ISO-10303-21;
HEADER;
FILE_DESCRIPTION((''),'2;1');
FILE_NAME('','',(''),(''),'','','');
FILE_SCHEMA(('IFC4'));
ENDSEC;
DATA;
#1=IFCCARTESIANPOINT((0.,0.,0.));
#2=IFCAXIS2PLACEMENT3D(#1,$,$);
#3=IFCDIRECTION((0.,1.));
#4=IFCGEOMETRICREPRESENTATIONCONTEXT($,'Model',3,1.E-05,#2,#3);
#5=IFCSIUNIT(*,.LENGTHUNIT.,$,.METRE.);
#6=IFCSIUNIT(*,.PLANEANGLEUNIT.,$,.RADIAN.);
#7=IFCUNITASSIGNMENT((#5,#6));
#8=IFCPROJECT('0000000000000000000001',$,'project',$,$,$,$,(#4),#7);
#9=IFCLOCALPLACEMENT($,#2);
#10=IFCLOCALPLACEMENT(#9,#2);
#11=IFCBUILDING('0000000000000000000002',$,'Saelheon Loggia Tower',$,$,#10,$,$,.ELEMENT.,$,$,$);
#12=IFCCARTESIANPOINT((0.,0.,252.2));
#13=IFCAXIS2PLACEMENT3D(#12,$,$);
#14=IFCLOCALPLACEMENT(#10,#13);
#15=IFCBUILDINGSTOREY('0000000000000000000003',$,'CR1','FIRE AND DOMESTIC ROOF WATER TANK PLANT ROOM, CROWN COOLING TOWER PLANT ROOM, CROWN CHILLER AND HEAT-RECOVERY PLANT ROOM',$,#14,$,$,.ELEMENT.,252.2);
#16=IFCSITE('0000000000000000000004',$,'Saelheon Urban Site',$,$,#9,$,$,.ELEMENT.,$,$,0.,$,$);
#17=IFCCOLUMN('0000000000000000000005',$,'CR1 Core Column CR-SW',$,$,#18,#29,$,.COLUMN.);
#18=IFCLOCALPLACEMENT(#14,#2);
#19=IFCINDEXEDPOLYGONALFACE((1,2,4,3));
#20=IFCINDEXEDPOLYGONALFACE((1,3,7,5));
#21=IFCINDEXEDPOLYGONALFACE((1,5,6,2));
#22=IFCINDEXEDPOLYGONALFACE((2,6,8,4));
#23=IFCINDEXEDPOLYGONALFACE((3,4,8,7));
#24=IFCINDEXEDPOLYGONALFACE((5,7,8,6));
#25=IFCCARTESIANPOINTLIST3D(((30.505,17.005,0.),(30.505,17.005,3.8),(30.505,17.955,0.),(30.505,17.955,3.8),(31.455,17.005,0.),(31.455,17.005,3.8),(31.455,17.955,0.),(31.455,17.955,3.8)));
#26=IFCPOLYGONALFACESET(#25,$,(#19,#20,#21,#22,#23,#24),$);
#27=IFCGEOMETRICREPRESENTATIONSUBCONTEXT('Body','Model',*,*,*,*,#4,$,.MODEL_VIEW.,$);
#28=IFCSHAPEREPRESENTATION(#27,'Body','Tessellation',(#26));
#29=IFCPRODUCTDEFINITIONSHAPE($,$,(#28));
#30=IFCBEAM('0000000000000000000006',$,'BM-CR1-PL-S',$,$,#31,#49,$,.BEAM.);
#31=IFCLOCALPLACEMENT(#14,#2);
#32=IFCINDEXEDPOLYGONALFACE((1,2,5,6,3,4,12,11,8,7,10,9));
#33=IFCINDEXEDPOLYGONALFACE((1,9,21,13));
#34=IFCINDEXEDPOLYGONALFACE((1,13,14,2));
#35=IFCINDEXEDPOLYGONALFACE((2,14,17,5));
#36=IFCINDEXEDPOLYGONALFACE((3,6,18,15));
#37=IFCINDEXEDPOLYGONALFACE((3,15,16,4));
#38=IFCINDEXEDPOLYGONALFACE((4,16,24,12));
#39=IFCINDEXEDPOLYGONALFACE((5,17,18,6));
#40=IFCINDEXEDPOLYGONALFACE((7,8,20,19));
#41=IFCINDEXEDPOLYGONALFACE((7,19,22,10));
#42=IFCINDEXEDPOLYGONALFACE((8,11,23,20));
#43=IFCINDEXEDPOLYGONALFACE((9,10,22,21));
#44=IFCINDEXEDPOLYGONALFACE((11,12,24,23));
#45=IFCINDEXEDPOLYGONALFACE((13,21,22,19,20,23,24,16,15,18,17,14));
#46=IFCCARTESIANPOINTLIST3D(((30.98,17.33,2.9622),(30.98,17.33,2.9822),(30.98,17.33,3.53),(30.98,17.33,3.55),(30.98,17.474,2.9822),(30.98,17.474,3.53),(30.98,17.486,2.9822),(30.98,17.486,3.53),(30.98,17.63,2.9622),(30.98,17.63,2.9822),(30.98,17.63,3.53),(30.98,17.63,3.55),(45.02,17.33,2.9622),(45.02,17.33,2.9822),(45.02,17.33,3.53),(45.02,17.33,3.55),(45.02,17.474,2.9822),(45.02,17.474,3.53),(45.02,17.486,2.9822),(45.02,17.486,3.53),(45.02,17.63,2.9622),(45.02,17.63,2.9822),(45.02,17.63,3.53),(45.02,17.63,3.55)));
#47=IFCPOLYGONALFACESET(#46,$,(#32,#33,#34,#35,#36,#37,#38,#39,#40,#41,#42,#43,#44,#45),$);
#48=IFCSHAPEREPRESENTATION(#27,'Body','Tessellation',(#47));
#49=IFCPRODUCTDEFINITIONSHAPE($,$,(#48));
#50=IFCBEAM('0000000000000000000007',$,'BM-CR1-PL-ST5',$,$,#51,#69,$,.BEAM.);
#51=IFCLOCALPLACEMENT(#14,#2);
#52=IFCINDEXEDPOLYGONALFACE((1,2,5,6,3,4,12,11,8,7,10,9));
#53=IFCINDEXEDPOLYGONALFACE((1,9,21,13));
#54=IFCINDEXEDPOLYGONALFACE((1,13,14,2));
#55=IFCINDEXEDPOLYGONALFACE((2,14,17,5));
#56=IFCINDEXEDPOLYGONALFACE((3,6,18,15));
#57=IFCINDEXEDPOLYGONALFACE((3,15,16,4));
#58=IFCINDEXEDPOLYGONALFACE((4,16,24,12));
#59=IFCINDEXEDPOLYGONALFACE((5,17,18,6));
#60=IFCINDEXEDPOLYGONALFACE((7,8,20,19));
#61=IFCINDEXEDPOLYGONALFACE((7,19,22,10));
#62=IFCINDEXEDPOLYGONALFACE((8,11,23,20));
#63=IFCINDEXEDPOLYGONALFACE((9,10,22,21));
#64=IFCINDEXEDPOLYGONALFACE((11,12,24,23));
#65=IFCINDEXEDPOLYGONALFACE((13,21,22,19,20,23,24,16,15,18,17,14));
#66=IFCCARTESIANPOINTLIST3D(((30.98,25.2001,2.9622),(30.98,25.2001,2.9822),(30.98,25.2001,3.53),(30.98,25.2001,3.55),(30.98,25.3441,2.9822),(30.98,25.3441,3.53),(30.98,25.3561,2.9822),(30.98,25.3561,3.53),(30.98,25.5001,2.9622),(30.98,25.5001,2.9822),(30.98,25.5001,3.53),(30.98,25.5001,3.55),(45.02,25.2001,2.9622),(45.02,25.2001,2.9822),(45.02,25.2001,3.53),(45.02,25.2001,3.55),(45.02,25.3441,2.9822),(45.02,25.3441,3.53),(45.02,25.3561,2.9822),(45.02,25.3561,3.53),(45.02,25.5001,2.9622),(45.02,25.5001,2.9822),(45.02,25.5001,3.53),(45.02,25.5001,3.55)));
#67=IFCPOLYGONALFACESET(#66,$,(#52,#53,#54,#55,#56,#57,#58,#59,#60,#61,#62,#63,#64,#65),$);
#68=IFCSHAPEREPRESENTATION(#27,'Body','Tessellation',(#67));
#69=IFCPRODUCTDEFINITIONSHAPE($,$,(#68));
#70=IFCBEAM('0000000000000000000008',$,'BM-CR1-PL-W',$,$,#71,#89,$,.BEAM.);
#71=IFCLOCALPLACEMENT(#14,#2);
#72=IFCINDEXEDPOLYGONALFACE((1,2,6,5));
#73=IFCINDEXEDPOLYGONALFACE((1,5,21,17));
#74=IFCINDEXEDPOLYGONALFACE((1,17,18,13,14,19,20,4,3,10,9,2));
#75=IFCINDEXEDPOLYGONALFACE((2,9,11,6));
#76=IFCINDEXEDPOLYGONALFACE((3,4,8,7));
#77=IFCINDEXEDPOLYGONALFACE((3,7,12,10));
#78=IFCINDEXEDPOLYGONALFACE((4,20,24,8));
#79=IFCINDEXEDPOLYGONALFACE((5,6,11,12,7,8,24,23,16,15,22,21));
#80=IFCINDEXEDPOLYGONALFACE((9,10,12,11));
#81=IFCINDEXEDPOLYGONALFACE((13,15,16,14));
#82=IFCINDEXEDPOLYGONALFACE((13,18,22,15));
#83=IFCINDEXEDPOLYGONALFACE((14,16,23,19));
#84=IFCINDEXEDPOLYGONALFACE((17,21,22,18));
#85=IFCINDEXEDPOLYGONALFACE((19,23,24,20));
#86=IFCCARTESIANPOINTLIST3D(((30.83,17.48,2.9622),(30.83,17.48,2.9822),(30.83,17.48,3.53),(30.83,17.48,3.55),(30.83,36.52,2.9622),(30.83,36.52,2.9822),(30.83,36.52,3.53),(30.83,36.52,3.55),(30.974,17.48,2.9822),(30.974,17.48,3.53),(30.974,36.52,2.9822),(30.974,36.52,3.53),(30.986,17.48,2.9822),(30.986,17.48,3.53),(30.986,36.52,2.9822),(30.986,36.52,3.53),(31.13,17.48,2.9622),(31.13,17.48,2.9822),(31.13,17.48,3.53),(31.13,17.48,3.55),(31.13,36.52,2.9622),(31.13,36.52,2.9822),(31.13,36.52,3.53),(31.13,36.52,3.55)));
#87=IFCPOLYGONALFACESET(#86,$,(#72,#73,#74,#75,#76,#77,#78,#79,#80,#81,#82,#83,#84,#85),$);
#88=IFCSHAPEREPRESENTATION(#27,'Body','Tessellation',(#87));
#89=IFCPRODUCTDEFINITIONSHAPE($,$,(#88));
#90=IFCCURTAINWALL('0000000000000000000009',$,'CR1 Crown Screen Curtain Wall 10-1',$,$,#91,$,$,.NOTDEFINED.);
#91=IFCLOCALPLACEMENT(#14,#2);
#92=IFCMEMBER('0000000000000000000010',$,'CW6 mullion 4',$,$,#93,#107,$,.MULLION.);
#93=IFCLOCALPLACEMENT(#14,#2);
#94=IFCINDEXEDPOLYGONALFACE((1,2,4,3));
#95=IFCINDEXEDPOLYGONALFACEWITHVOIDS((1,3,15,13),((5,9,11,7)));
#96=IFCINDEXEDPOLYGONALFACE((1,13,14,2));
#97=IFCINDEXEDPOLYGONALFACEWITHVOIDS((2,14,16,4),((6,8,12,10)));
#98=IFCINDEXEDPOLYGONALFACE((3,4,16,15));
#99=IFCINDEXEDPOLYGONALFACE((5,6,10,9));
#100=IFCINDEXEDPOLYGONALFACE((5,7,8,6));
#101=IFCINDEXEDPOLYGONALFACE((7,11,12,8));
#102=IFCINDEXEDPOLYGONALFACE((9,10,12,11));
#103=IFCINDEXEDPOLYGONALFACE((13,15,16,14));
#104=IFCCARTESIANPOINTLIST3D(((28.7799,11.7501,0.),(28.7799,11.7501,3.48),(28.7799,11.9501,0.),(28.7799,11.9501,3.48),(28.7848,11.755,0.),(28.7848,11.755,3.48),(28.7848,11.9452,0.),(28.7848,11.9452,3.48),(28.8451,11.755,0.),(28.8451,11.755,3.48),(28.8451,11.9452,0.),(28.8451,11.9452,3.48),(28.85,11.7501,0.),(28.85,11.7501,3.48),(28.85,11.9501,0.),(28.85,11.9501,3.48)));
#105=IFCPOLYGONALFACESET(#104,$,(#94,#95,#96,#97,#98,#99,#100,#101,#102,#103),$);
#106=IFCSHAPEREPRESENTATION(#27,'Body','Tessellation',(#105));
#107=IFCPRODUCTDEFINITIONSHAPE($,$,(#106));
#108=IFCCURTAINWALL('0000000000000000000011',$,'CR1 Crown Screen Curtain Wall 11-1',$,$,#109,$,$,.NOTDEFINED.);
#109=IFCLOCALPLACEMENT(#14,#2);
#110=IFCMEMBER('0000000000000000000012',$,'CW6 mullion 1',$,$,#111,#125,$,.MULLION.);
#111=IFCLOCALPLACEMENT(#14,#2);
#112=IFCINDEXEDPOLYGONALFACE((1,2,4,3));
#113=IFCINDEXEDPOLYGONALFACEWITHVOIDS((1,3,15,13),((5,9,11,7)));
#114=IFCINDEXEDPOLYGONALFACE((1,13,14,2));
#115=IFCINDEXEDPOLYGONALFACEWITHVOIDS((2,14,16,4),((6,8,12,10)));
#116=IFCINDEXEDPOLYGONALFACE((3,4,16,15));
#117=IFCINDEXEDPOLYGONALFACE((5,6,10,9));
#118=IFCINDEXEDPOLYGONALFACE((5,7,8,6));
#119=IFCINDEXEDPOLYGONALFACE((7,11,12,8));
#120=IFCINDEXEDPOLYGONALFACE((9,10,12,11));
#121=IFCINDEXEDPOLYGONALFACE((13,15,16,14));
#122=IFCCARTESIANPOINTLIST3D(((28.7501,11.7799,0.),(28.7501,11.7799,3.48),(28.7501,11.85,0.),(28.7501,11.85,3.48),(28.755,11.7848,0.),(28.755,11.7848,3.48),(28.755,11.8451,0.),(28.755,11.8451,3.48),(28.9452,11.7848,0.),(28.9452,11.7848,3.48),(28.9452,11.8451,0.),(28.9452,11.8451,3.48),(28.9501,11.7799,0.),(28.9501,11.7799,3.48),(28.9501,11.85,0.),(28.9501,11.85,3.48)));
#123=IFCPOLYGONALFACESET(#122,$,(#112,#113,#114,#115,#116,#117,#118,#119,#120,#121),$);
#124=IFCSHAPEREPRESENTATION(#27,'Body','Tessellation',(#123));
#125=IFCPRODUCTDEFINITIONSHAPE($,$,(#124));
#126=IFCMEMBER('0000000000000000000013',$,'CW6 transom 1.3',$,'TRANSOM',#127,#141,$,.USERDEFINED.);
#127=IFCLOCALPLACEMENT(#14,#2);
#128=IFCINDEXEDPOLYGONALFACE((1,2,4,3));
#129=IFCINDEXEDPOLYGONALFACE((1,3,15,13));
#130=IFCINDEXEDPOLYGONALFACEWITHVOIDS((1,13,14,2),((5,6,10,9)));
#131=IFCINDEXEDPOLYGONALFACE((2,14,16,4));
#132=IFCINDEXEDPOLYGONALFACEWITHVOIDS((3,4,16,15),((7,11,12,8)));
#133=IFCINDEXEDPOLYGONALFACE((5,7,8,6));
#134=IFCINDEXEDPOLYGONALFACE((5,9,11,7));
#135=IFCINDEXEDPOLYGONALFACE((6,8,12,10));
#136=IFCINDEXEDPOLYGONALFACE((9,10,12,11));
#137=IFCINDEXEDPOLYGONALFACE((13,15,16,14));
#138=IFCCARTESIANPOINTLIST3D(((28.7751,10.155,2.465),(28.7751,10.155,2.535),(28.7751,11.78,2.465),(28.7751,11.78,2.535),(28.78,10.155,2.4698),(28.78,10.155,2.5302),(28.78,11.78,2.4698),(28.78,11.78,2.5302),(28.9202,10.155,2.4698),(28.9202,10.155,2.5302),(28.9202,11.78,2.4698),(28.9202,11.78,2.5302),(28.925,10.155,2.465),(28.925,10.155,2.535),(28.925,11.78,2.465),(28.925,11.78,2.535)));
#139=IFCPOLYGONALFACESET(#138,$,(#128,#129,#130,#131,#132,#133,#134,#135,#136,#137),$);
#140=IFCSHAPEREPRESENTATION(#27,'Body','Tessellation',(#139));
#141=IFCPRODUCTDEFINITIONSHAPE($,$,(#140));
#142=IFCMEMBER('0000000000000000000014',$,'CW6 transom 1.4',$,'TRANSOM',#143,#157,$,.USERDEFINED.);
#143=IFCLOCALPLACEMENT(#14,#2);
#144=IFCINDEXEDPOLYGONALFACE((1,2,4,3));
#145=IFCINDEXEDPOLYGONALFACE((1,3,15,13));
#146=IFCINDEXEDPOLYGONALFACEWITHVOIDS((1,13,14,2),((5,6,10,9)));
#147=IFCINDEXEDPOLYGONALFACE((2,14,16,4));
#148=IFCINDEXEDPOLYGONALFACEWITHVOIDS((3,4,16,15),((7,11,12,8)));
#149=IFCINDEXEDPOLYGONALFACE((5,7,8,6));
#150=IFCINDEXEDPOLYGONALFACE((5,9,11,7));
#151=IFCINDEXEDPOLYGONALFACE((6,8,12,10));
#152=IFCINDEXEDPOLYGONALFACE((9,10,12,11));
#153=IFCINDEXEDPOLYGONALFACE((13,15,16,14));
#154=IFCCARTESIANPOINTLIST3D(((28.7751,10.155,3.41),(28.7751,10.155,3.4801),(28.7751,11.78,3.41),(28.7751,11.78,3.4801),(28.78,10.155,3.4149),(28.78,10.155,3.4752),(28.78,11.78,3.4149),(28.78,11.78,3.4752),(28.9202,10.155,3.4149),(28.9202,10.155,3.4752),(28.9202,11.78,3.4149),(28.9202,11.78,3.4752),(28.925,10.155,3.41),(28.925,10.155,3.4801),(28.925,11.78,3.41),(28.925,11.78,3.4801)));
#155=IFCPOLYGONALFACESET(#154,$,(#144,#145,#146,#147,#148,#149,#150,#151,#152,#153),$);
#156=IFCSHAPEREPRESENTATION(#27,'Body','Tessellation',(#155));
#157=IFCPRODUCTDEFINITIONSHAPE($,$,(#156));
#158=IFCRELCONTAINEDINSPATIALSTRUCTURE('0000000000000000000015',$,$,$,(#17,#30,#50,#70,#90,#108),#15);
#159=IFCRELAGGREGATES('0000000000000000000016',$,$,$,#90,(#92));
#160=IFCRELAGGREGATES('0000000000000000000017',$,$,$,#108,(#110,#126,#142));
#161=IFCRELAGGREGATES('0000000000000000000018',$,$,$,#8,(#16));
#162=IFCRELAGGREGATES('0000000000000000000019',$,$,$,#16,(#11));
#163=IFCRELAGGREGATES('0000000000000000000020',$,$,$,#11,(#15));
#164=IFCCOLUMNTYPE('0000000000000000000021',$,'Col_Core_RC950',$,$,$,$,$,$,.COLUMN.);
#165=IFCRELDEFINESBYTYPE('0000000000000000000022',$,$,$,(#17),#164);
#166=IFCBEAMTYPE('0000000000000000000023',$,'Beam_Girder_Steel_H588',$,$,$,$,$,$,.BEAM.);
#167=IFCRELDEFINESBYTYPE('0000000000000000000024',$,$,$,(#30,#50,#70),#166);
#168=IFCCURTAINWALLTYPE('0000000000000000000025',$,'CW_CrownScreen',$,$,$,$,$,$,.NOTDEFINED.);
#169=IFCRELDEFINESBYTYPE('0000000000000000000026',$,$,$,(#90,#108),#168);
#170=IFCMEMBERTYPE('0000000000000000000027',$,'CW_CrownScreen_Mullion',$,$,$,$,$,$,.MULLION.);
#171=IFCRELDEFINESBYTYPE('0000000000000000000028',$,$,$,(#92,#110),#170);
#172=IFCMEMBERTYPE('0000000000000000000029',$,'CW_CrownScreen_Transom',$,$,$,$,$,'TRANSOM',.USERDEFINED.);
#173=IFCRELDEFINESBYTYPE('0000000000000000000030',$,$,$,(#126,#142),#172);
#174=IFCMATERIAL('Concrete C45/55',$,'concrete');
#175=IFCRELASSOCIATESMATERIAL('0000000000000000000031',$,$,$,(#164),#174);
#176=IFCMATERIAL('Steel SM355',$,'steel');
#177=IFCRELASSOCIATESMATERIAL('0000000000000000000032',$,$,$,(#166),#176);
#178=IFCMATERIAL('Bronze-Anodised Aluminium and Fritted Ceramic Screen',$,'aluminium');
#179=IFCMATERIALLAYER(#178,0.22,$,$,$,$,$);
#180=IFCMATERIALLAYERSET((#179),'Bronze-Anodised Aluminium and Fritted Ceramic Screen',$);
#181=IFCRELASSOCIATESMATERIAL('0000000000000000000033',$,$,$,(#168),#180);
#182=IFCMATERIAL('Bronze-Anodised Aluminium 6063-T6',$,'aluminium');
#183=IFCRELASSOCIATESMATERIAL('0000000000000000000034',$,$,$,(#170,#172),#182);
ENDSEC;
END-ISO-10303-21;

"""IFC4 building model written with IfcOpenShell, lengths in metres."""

from ifc_helpers import new_model, si_unit, direction, frame, origin, origin_2d, place, context, subcontext, project, spatial, rectangle, hollow_rectangle, i_section, extrude, source, transform, mapped, material, layer, layer_set, material_profile, profile_set, type_object, element, aggregate, save


model = new_model("IFC4")

# Units and contexts
model_context = context("Model", 3, precision=1e-05, world=origin(), true_north=direction((0.0, 1.0)))
body_context = subcontext(model_context, "Body", "Model", "MODEL_VIEW")
ifc_project = project(units=[si_unit("LENGTHUNIT", "METRE"), si_unit("PLANEANGLEUNIT", "RADIAN")], contexts=[model_context])

# Site, building, storey
site_placement = place(None, origin())
site = spatial("IfcSite", under=ifc_project, at=site_placement, Name="Saelheon Urban Site", CompositionType="ELEMENT", RefElevation=0.0)
building_placement = place(site_placement, origin())
building = spatial("IfcBuilding", under=site, at=building_placement, Name="Saelheon Loggia Tower", CompositionType="ELEMENT")
storey_placement = place(building_placement, frame((0.0, 0.0, 252.2)))
storey = spatial("IfcBuildingStorey", under=building, at=storey_placement, Name="CR1", Description="FIRE AND DOMESTIC ROOF WATER TANK PLANT ROOM, CROWN COOLING TOWER PLANT ROOM, CROWN CHILLER AND HEAT-RECOVERY PLANT ROOM", CompositionType="ELEMENT", Elevation=252.2)

# Column
ifc_material_1 = material(Name="Concrete C45/55", Category="concrete")
ifc_material_profile_1 = material_profile(ifc_material_1, rectangle(XDim=0.95, YDim=0.95, at=origin_2d()), Name="RC-950x950")
ifc_profile_set_1 = profile_set([ifc_material_profile_1], Name="Concrete C45/55")
column_type = type_object("IfcColumnType", Name="Col_Core_RC950", PredefinedType="COLUMN", material=ifc_profile_set_1)
shared_shape_1 = source(origin(), body_context, "Body", "SweptSolid", [
    extrude(rectangle(XDim=0.95, YDim=0.95, at=origin_2d()), origin(), (0.0, 0.0, 1.0), 3.8),
])
column_placement = place(storey_placement, frame((30.98, 17.48, 0.0), z_axis=(0.0, 0.0, 1.0), x_axis=(1.0, 0.0, 0.0)))
element("IfcColumn", 1, at=column_placement, inside=storey, type_object=column_type, Name="CR1 Core Column CR-SW", PredefinedType="COLUMN", context=body_context, shape_type="MappedRepresentation", body=[
    mapped(shared_shape_1, transform((0.0, 0.0, 0.0), scale=1.0)),
])

# Beams
ifc_material_2 = material(Name="Steel SM355", Category="steel")
ifc_material_profile_2 = material_profile(ifc_material_2, i_section(OverallWidth=0.3, OverallDepth=0.5879, WebThickness=0.012, FlangeThickness=0.02, at=origin_2d()), Name="H-588x300x12x20")
ifc_profile_set_2 = profile_set([ifc_material_profile_2], Name="Steel SM355")
beam_type = type_object("IfcBeamType", Name="Beam_Girder_Steel_H588", PredefinedType="BEAM", material=ifc_profile_set_2)
shared_shape_2 = source(origin(), body_context, "Body", "SweptSolid", [
    extrude(i_section(OverallWidth=0.3, OverallDepth=0.5879, WebThickness=0.012, FlangeThickness=0.02, at=origin_2d()), origin(), (0.0, 0.0, 1.0), 14.04),
])
for number, where, z_axis, x_axis, name in (
    (2, (30.98, 17.48, 3.2561), (1.0, 0.0, 0.0), (0.0, 1.0, 0.0), "BM-CR1-PL-S"),
    (3, (30.98, 25.3501, 3.2561), (1.0, 0.0, 0.0), (0.0, 1.0, 0.0), "BM-CR1-PL-ST5"),
):
    element("IfcBeam", number, at=place(storey_placement, frame(where, z_axis=z_axis, x_axis=x_axis)), inside=storey, type_object=beam_type, Name=name, PredefinedType="BEAM", context=body_context, shape_type="MappedRepresentation", body=[
        mapped(shared_shape_2, transform((0.0, 0.0, 0.0), scale=1.0)),
    ])
shared_shape_3 = source(origin(), body_context, "Body", "SweptSolid", [
    extrude(i_section(OverallWidth=0.3, OverallDepth=0.5879, WebThickness=0.012, FlangeThickness=0.02, at=origin_2d()), origin(), (0.0, 0.0, 1.0), 19.04),
])
beam_placement = place(storey_placement, frame((30.98, 17.48, 3.2561), z_axis=(0.0, 1.0, 0.0), x_axis=(-1.0, 0.0, 0.0)))
element("IfcBeam", 4, at=beam_placement, inside=storey, type_object=beam_type, Name="BM-CR1-PL-W", PredefinedType="BEAM", context=body_context, shape_type="MappedRepresentation", body=[
    mapped(shared_shape_3, transform((0.0, 0.0, 0.0), scale=1.0)),
])

# Curtain wall, member
ifc_material_3 = material(Name="Bronze-Anodised Aluminium and Fritted Ceramic Screen", Category="aluminium")
ifc_layer_1 = layer(ifc_material_3, 0.22)
ifc_layer_set_1 = layer_set([ifc_layer_1], Name="Bronze-Anodised Aluminium and Fritted Ceramic Screen")
curtain_wall_type = type_object("IfcCurtainWallType", Name="CW_CrownScreen", PredefinedType="NOTDEFINED", material=ifc_layer_set_1)
curtain_wall_1_placement = place(storey_placement, origin())
curtain_wall_1 = element("IfcCurtainWall", 5, at=curtain_wall_1_placement, inside=storey, type_object=curtain_wall_type, Name="CR1 Crown Screen Curtain Wall 10-1", PredefinedType="NOTDEFINED")
ifc_material_4 = material(Name="Bronze-Anodised Aluminium 6063-T6", Category="aluminium")
ifc_material_profile_3 = material_profile(ifc_material_4, hollow_rectangle(XDim=0.0701, YDim=0.2, WallThickness=0.0049, at=origin_2d()), Name="RHS-200x70x5")
ifc_profile_set_3 = profile_set([ifc_material_profile_3], Name="Bronze-Anodised Aluminium 6063-T6")
member_type_1 = type_object("IfcMemberType", Name="CW_CrownScreen_Mullion", PredefinedType="MULLION", material=ifc_profile_set_3)
shared_shape_4 = source(origin(), body_context, "Body", "SweptSolid", [
    extrude(hollow_rectangle(XDim=0.0701, YDim=0.2, WallThickness=0.0049, at=origin_2d()), origin(), (0.0, 0.0, 1.0), 3.48),
])
member_1_placement = place(storey_placement, frame((28.8149, 11.8501, 0.0), z_axis=(0.0, 0.0, 1.0), x_axis=(1.0, 0.0, 0.0)))
member_1 = element("IfcMember", 6, at=member_1_placement, type_object=member_type_1, Name="CW6 mullion 4", PredefinedType="MULLION", context=body_context, shape_type="MappedRepresentation", body=[
    mapped(shared_shape_4, transform((0.0, 0.0, 0.0), scale=1.0)),
])
aggregate(curtain_wall_1, [member_1])

# Curtain wall, members
curtain_wall_2_placement = place(storey_placement, origin())
curtain_wall_2 = element("IfcCurtainWall", 7, at=curtain_wall_2_placement, inside=storey, type_object=curtain_wall_type, Name="CR1 Crown Screen Curtain Wall 11-1", PredefinedType="NOTDEFINED")
member_2_placement = place(storey_placement, frame((28.8501, 11.8149, 0.0), z_axis=(0.0, 0.0, 1.0), x_axis=(0.0, -1.0, 0.0)))
member_2 = element("IfcMember", 8, at=member_2_placement, type_object=member_type_1, Name="CW6 mullion 1", PredefinedType="MULLION", context=body_context, shape_type="MappedRepresentation", body=[
    mapped(shared_shape_4, transform((0.0, 0.0, 0.0), scale=1.0)),
])
ifc_material_profile_4 = material_profile(ifc_material_4, hollow_rectangle(XDim=0.0701, YDim=0.1499, WallThickness=0.0049, at=origin_2d()), Name="RHS-150x70x5")
ifc_profile_set_4 = profile_set([ifc_material_profile_4], Name="Bronze-Anodised Aluminium 6063-T6")
member_type_2 = type_object("IfcMemberType", Name="CW_CrownScreen_Transom", ElementType="TRANSOM", PredefinedType="USERDEFINED", material=ifc_profile_set_4)
shared_shape_5 = source(origin(), body_context, "Body", "SweptSolid", [
    extrude(hollow_rectangle(XDim=0.0701, YDim=0.1499, WallThickness=0.0049, at=origin_2d()), origin(), (0.0, 0.0, 1.0), 1.625),
])
member_3_placement = place(storey_placement, frame((28.8501, 11.78, 2.5), z_axis=(0.0, -1.0, 0.0), x_axis=(0.0, 0.0, 1.0)))
member_3 = element("IfcMember", 9, at=member_3_placement, type_object=member_type_2, Name="CW6 transom 1.3", ObjectType="TRANSOM", PredefinedType="USERDEFINED", context=body_context, shape_type="MappedRepresentation", body=[
    mapped(shared_shape_5, transform((0.0, 0.0, 0.0), scale=1.0)),
])
member_4_placement = place(storey_placement, frame((28.8501, 11.78, 3.4451), z_axis=(0.0, -1.0, 0.0), x_axis=(0.0, 0.0, 1.0)))
member_4 = element("IfcMember", 10, at=member_4_placement, type_object=member_type_2, Name="CW6 transom 1.4", ObjectType="TRANSOM", PredefinedType="USERDEFINED", context=body_context, shape_type="MappedRepresentation", body=[
    mapped(shared_shape_5, transform((0.0, 0.0, 0.0), scale=1.0)),
])
aggregate(curtain_wall_2, [member_2, member_3, member_4])

save(model, "model.ifc")
